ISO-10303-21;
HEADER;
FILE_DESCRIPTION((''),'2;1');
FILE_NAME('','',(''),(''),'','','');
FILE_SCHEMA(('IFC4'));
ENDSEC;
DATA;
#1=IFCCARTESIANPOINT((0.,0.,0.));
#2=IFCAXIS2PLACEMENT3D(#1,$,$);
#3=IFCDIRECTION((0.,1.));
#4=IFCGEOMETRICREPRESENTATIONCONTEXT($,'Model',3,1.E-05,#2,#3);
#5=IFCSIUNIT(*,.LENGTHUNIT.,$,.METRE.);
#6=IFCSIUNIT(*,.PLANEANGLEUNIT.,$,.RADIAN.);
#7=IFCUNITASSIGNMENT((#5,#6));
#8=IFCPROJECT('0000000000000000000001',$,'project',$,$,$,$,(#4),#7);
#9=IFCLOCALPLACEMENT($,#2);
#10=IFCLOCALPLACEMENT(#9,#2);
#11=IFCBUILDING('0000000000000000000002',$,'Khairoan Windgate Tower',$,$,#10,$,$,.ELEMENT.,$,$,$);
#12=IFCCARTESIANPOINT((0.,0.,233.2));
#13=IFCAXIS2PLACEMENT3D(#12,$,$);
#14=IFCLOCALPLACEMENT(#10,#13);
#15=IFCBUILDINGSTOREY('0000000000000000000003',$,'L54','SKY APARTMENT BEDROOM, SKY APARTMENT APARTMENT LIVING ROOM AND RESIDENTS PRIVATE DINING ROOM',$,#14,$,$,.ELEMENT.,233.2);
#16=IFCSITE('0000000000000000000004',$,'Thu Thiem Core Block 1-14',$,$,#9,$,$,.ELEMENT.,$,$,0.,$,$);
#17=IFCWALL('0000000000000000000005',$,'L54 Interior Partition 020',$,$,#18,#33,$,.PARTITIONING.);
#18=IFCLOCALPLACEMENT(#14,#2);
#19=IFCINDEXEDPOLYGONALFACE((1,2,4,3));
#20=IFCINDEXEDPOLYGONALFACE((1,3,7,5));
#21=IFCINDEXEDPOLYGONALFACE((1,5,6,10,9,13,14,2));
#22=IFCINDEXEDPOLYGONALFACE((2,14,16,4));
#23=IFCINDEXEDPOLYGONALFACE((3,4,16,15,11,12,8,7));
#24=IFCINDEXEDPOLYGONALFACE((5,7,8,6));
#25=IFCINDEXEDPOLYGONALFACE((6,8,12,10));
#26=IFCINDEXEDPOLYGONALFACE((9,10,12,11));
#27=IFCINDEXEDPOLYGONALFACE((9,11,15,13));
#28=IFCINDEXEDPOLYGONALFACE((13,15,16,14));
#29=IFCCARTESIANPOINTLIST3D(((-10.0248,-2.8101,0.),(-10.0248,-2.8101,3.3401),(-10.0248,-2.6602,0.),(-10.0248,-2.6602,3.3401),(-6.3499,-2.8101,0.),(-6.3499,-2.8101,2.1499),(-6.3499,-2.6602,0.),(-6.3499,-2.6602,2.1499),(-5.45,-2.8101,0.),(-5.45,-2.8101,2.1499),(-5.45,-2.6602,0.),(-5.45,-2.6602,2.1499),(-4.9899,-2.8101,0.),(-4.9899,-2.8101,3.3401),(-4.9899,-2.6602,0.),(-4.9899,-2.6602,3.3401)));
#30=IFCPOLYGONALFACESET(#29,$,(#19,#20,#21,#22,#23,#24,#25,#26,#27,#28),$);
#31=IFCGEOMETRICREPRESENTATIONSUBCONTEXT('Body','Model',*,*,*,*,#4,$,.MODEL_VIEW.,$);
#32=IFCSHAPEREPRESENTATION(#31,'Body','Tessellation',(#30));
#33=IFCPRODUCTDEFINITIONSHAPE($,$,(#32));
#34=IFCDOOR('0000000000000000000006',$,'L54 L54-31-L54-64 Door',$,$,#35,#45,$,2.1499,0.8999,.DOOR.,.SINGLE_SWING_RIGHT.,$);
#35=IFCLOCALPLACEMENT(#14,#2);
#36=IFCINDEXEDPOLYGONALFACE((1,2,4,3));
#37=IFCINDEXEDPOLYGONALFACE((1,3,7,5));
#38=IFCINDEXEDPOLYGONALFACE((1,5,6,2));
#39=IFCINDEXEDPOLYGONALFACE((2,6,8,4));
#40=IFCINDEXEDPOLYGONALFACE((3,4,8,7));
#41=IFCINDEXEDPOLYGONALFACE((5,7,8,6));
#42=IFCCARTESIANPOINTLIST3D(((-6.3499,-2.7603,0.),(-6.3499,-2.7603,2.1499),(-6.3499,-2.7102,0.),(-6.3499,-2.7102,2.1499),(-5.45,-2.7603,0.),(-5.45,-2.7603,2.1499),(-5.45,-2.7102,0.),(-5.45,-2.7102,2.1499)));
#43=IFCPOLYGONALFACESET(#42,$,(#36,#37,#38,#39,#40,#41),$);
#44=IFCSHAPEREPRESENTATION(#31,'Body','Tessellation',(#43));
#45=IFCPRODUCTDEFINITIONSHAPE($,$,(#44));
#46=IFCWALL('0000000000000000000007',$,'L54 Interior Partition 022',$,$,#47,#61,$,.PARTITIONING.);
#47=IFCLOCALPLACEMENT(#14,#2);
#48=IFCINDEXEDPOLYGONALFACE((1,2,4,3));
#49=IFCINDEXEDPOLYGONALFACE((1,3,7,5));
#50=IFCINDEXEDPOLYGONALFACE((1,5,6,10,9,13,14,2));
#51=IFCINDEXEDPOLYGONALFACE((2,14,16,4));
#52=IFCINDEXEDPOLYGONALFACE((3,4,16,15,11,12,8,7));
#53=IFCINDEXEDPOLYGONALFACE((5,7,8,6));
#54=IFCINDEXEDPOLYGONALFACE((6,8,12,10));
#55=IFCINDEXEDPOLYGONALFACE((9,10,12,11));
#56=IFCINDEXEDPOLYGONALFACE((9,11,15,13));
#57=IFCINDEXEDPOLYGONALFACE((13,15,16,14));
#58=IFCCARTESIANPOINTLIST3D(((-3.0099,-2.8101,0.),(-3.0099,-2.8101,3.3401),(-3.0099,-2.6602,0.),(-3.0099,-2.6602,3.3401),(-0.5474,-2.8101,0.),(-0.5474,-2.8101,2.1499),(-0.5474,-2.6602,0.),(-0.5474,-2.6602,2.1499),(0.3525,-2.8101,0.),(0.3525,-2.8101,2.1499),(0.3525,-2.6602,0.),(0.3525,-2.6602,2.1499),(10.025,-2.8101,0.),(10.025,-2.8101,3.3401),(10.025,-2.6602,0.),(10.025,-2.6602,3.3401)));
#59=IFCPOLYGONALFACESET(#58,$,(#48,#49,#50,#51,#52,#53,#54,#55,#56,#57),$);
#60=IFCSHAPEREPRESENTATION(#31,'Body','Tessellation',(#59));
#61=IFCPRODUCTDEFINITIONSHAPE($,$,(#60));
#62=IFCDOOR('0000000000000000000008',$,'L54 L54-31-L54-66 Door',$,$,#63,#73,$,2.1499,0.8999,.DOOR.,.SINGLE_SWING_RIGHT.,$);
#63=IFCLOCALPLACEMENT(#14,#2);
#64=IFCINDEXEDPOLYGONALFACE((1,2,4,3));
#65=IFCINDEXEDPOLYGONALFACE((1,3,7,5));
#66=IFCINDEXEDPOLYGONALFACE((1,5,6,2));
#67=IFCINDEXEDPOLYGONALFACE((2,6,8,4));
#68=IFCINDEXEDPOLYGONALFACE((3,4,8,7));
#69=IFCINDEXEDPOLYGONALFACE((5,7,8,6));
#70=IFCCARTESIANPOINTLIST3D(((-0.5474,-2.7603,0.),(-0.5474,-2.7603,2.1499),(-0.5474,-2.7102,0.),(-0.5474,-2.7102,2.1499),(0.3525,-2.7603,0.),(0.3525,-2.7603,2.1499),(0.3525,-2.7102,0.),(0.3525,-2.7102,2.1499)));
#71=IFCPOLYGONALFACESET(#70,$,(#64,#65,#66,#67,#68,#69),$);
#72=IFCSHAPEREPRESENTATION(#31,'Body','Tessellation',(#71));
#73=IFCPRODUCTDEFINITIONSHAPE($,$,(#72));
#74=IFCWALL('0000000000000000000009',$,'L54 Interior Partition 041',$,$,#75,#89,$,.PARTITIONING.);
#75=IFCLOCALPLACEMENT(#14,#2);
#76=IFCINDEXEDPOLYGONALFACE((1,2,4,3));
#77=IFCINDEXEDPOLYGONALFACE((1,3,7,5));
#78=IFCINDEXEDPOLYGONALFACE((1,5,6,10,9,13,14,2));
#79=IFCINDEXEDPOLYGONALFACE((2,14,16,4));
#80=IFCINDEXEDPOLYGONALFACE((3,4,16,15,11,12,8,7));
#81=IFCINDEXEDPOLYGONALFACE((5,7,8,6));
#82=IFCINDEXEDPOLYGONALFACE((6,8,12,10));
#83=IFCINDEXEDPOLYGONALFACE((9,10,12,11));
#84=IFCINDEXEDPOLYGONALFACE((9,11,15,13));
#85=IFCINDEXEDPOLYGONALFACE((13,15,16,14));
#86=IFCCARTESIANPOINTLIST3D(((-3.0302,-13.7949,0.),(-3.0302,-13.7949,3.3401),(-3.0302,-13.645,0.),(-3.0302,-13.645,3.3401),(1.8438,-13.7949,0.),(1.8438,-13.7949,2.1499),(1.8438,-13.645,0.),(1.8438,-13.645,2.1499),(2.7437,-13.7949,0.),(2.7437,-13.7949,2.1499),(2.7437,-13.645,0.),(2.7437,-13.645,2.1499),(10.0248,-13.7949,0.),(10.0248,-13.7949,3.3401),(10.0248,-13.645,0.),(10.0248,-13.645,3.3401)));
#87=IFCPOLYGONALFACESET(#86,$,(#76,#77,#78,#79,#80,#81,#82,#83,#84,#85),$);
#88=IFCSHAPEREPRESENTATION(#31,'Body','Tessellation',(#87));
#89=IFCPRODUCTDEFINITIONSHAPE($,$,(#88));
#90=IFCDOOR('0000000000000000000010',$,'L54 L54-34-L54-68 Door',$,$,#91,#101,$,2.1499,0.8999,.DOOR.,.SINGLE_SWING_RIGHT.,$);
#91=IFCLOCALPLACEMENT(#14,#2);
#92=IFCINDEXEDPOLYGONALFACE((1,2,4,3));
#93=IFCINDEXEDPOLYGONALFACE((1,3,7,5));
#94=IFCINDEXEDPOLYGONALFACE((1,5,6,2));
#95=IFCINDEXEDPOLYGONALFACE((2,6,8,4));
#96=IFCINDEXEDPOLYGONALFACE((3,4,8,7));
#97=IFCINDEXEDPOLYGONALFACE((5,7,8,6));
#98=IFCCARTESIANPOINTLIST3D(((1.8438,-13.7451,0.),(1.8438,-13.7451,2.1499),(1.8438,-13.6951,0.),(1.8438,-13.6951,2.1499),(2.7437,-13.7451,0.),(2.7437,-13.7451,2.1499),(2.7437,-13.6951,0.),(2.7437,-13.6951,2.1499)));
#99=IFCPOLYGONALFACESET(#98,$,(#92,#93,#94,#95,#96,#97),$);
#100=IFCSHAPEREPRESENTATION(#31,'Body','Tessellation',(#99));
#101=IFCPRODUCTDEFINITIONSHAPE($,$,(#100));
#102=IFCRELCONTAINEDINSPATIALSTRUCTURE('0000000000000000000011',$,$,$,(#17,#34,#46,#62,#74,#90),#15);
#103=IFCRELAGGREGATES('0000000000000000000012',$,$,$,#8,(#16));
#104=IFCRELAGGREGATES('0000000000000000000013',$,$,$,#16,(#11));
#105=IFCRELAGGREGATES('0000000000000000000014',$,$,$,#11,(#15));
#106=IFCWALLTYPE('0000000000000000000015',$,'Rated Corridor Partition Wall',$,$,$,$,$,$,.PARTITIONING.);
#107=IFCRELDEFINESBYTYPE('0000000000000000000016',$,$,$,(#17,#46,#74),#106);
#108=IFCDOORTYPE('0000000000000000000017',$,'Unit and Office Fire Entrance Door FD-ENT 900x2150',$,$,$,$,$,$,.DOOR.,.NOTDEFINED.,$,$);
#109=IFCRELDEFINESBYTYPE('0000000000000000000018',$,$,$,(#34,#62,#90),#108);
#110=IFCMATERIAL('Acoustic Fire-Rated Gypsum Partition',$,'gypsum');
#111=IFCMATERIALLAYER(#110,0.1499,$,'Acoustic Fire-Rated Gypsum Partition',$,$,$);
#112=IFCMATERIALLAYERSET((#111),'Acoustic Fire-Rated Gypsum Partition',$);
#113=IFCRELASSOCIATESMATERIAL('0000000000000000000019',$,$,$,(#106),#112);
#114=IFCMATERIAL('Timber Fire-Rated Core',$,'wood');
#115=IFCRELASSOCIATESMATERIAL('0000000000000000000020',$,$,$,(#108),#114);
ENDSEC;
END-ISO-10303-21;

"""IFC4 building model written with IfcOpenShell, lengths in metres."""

from ifc_helpers import new_model, si_unit, direction, frame, frame_2d, origin, place, context, subcontext, project, spatial, rectangle, extrude, material, layer, layer_set, type_object, element, fill, save


model = new_model("IFC4")

# Units and contexts
model_context = context("Model", 3, precision=1e-05, world=origin(), true_north=direction((0.0, 1.0)))
body_context = subcontext(model_context, "Body", "Model", "MODEL_VIEW")
ifc_project = project(units=[si_unit("LENGTHUNIT", "METRE"), si_unit("PLANEANGLEUNIT", "RADIAN")], contexts=[model_context])

# Site, building, storey
site_placement = place(None, origin())
site = spatial("IfcSite", under=ifc_project, at=site_placement, Name="Thu Thiem Core Block 1-14", CompositionType="ELEMENT", RefElevation=0.0)
building_placement = place(site_placement, origin())
building = spatial("IfcBuilding", under=site, at=building_placement, Name="Khairoan Windgate Tower", CompositionType="ELEMENT")
storey_placement = place(building_placement, frame((0.0, 0.0, 233.2)))
storey = spatial("IfcBuildingStorey", under=building, at=storey_placement, Name="L54", Description="SKY APARTMENT BEDROOM, SKY APARTMENT APARTMENT LIVING ROOM AND RESIDENTS PRIVATE DINING ROOM", CompositionType="ELEMENT", Elevation=233.2)

# Walls, openings, doors
ifc_material_1 = material(Name="Acoustic Fire-Rated Gypsum Partition", Category="gypsum")
ifc_layer_1 = layer(ifc_material_1, 0.1499, Name="Acoustic Fire-Rated Gypsum Partition")
ifc_layer_set_1 = layer_set([ifc_layer_1], Name="Acoustic Fire-Rated Gypsum Partition")
wall_type_1 = type_object("IfcWallType", Name="Rated Corridor Partition Wall", PredefinedType="PARTITIONING", material=ifc_layer_set_1)
wall_1_placement = place(storey_placement, frame((-10.0249, -2.7351, 0.0), z_axis=(0.0, 0.0, 1.0), x_axis=(1.0, 0.0, 0.0)))
wall_1 = element("IfcWall", 1, at=wall_1_placement, inside=storey, type_object=wall_type_1, Name="L54 Interior Partition 020", PredefinedType="PARTITIONING", context=body_context, shape_type="SweptSolid", body=[
    extrude(rectangle(XDim=5.0349, YDim=0.1499, at=frame_2d((2.5176, 0.0))), origin(), (0.0, 0.0, 1.0), 3.3401),
])
opening_1_placement = place(wall_1_placement, frame((3.675, 0.0, 0.0)))
opening_1 = element("IfcOpeningElement", 2, at=opening_1_placement, cuts=wall_1, PredefinedType="OPENING", context=body_context, shape_type="SweptSolid", body=[
    extrude(rectangle(XDim=0.8999, YDim=2.1499, at=frame_2d((0.45, 1.075))), frame((0.0, 0.085, 0.0), z_axis=(0.0, -1.0, 0.0), x_axis=(1.0, 0.0, 0.0)), (0.0, 0.0, 1.0), 0.1699),
])
ifc_material_2 = material(Name="Timber Fire-Rated Core", Category="wood")
door_type = type_object("IfcDoorType", Name="Unit and Office Fire Entrance Door FD-ENT 900x2150", OperationType="NOTDEFINED", PredefinedType="DOOR", material=ifc_material_2)
door_1_placement = place(opening_1_placement, origin())
door_1 = element("IfcDoor", 3, at=door_1_placement, inside=storey, type_object=door_type, Name="L54 L54-31-L54-64 Door", OperationType="SINGLE_SWING_RIGHT", OverallHeight=2.1499, OverallWidth=0.8999, PredefinedType="DOOR", context=body_context, shape_type="SweptSolid", body=[
    extrude(rectangle(XDim=0.8999, YDim=2.1499, at=frame_2d((0.45, 1.075))), frame((0.0, 0.0249, 0.0), z_axis=(0.0, -1.0, 0.0), x_axis=(1.0, 0.0, 0.0)), (0.0, 0.0, 1.0), 0.05),
])
fill(opening_1, door_1)
wall_2_placement = place(storey_placement, frame((-3.01, -2.7351, 0.0), z_axis=(0.0, 0.0, 1.0), x_axis=(1.0, 0.0, 0.0)))
wall_2 = element("IfcWall", 4, at=wall_2_placement, inside=storey, type_object=wall_type_1, Name="L54 Interior Partition 022", PredefinedType="PARTITIONING", context=body_context, shape_type="SweptSolid", body=[
    extrude(rectangle(XDim=13.0349, YDim=0.1499, at=frame_2d((6.5176, 0.0))), origin(), (0.0, 0.0, 1.0), 3.3401),
])
opening_2_placement = place(wall_2_placement, frame((2.4626, 0.0, 0.0)))
opening_2 = element("IfcOpeningElement", 5, at=opening_2_placement, cuts=wall_2, PredefinedType="OPENING", context=body_context, shape_type="SweptSolid", body=[
    extrude(rectangle(XDim=0.8999, YDim=2.1499, at=frame_2d((0.45, 1.075))), frame((0.0, 0.085, 0.0), z_axis=(0.0, -1.0, 0.0), x_axis=(1.0, 0.0, 0.0)), (0.0, 0.0, 1.0), 0.1699),
])
door_2_placement = place(opening_2_placement, origin())
door_2 = element("IfcDoor", 6, at=door_2_placement, inside=storey, type_object=door_type, Name="L54 L54-31-L54-66 Door", OperationType="SINGLE_SWING_RIGHT", OverallHeight=2.1499, OverallWidth=0.8999, PredefinedType="DOOR", context=body_context, shape_type="SweptSolid", body=[
    extrude(rectangle(XDim=0.8999, YDim=2.1499, at=frame_2d((0.45, 1.075))), frame((0.0, 0.0249, 0.0), z_axis=(0.0, -1.0, 0.0), x_axis=(1.0, 0.0, 0.0)), (0.0, 0.0, 1.0), 0.05),
])
fill(opening_2, door_2)
wall_3_placement = place(storey_placement, frame((-3.03, -13.72, 0.0), z_axis=(0.0, 0.0, 1.0), x_axis=(1.0, 0.0, 0.0)))
wall_3 = element("IfcWall", 7, at=wall_3_placement, inside=storey, type_object=wall_type_1, Name="L54 Interior Partition 041", PredefinedType="PARTITIONING", context=body_context, shape_type="SweptSolid", body=[
    extrude(rectangle(XDim=13.0549, YDim=0.1499, at=frame_2d((6.5273, 0.0))), origin(), (0.0, 0.0, 1.0), 3.3401),
])
opening_3_placement = place(wall_3_placement, frame((4.8738, 0.0, 0.0)))
opening_3 = element("IfcOpeningElement", 8, at=opening_3_placement, cuts=wall_3, PredefinedType="OPENING", context=body_context, shape_type="SweptSolid", body=[
    extrude(rectangle(XDim=0.8999, YDim=2.1499, at=frame_2d((0.45, 1.075))), frame((0.0, 0.085, 0.0), z_axis=(0.0, -1.0, 0.0), x_axis=(1.0, 0.0, 0.0)), (0.0, 0.0, 1.0), 0.1699),
])
door_3_placement = place(opening_3_placement, origin())
door_3 = element("IfcDoor", 9, at=door_3_placement, inside=storey, type_object=door_type, Name="L54 L54-34-L54-68 Door", OperationType="SINGLE_SWING_RIGHT", OverallHeight=2.1499, OverallWidth=0.8999, PredefinedType="DOOR", context=body_context, shape_type="SweptSolid", body=[
    extrude(rectangle(XDim=0.8999, YDim=2.1499, at=frame_2d((0.45, 1.075))), frame((0.0, 0.0249, 0.0), z_axis=(0.0, -1.0, 0.0), x_axis=(1.0, 0.0, 0.0)), (0.0, 0.0, 1.0), 0.05),
])
fill(opening_3, door_3)

save(model, "model.ifc")
